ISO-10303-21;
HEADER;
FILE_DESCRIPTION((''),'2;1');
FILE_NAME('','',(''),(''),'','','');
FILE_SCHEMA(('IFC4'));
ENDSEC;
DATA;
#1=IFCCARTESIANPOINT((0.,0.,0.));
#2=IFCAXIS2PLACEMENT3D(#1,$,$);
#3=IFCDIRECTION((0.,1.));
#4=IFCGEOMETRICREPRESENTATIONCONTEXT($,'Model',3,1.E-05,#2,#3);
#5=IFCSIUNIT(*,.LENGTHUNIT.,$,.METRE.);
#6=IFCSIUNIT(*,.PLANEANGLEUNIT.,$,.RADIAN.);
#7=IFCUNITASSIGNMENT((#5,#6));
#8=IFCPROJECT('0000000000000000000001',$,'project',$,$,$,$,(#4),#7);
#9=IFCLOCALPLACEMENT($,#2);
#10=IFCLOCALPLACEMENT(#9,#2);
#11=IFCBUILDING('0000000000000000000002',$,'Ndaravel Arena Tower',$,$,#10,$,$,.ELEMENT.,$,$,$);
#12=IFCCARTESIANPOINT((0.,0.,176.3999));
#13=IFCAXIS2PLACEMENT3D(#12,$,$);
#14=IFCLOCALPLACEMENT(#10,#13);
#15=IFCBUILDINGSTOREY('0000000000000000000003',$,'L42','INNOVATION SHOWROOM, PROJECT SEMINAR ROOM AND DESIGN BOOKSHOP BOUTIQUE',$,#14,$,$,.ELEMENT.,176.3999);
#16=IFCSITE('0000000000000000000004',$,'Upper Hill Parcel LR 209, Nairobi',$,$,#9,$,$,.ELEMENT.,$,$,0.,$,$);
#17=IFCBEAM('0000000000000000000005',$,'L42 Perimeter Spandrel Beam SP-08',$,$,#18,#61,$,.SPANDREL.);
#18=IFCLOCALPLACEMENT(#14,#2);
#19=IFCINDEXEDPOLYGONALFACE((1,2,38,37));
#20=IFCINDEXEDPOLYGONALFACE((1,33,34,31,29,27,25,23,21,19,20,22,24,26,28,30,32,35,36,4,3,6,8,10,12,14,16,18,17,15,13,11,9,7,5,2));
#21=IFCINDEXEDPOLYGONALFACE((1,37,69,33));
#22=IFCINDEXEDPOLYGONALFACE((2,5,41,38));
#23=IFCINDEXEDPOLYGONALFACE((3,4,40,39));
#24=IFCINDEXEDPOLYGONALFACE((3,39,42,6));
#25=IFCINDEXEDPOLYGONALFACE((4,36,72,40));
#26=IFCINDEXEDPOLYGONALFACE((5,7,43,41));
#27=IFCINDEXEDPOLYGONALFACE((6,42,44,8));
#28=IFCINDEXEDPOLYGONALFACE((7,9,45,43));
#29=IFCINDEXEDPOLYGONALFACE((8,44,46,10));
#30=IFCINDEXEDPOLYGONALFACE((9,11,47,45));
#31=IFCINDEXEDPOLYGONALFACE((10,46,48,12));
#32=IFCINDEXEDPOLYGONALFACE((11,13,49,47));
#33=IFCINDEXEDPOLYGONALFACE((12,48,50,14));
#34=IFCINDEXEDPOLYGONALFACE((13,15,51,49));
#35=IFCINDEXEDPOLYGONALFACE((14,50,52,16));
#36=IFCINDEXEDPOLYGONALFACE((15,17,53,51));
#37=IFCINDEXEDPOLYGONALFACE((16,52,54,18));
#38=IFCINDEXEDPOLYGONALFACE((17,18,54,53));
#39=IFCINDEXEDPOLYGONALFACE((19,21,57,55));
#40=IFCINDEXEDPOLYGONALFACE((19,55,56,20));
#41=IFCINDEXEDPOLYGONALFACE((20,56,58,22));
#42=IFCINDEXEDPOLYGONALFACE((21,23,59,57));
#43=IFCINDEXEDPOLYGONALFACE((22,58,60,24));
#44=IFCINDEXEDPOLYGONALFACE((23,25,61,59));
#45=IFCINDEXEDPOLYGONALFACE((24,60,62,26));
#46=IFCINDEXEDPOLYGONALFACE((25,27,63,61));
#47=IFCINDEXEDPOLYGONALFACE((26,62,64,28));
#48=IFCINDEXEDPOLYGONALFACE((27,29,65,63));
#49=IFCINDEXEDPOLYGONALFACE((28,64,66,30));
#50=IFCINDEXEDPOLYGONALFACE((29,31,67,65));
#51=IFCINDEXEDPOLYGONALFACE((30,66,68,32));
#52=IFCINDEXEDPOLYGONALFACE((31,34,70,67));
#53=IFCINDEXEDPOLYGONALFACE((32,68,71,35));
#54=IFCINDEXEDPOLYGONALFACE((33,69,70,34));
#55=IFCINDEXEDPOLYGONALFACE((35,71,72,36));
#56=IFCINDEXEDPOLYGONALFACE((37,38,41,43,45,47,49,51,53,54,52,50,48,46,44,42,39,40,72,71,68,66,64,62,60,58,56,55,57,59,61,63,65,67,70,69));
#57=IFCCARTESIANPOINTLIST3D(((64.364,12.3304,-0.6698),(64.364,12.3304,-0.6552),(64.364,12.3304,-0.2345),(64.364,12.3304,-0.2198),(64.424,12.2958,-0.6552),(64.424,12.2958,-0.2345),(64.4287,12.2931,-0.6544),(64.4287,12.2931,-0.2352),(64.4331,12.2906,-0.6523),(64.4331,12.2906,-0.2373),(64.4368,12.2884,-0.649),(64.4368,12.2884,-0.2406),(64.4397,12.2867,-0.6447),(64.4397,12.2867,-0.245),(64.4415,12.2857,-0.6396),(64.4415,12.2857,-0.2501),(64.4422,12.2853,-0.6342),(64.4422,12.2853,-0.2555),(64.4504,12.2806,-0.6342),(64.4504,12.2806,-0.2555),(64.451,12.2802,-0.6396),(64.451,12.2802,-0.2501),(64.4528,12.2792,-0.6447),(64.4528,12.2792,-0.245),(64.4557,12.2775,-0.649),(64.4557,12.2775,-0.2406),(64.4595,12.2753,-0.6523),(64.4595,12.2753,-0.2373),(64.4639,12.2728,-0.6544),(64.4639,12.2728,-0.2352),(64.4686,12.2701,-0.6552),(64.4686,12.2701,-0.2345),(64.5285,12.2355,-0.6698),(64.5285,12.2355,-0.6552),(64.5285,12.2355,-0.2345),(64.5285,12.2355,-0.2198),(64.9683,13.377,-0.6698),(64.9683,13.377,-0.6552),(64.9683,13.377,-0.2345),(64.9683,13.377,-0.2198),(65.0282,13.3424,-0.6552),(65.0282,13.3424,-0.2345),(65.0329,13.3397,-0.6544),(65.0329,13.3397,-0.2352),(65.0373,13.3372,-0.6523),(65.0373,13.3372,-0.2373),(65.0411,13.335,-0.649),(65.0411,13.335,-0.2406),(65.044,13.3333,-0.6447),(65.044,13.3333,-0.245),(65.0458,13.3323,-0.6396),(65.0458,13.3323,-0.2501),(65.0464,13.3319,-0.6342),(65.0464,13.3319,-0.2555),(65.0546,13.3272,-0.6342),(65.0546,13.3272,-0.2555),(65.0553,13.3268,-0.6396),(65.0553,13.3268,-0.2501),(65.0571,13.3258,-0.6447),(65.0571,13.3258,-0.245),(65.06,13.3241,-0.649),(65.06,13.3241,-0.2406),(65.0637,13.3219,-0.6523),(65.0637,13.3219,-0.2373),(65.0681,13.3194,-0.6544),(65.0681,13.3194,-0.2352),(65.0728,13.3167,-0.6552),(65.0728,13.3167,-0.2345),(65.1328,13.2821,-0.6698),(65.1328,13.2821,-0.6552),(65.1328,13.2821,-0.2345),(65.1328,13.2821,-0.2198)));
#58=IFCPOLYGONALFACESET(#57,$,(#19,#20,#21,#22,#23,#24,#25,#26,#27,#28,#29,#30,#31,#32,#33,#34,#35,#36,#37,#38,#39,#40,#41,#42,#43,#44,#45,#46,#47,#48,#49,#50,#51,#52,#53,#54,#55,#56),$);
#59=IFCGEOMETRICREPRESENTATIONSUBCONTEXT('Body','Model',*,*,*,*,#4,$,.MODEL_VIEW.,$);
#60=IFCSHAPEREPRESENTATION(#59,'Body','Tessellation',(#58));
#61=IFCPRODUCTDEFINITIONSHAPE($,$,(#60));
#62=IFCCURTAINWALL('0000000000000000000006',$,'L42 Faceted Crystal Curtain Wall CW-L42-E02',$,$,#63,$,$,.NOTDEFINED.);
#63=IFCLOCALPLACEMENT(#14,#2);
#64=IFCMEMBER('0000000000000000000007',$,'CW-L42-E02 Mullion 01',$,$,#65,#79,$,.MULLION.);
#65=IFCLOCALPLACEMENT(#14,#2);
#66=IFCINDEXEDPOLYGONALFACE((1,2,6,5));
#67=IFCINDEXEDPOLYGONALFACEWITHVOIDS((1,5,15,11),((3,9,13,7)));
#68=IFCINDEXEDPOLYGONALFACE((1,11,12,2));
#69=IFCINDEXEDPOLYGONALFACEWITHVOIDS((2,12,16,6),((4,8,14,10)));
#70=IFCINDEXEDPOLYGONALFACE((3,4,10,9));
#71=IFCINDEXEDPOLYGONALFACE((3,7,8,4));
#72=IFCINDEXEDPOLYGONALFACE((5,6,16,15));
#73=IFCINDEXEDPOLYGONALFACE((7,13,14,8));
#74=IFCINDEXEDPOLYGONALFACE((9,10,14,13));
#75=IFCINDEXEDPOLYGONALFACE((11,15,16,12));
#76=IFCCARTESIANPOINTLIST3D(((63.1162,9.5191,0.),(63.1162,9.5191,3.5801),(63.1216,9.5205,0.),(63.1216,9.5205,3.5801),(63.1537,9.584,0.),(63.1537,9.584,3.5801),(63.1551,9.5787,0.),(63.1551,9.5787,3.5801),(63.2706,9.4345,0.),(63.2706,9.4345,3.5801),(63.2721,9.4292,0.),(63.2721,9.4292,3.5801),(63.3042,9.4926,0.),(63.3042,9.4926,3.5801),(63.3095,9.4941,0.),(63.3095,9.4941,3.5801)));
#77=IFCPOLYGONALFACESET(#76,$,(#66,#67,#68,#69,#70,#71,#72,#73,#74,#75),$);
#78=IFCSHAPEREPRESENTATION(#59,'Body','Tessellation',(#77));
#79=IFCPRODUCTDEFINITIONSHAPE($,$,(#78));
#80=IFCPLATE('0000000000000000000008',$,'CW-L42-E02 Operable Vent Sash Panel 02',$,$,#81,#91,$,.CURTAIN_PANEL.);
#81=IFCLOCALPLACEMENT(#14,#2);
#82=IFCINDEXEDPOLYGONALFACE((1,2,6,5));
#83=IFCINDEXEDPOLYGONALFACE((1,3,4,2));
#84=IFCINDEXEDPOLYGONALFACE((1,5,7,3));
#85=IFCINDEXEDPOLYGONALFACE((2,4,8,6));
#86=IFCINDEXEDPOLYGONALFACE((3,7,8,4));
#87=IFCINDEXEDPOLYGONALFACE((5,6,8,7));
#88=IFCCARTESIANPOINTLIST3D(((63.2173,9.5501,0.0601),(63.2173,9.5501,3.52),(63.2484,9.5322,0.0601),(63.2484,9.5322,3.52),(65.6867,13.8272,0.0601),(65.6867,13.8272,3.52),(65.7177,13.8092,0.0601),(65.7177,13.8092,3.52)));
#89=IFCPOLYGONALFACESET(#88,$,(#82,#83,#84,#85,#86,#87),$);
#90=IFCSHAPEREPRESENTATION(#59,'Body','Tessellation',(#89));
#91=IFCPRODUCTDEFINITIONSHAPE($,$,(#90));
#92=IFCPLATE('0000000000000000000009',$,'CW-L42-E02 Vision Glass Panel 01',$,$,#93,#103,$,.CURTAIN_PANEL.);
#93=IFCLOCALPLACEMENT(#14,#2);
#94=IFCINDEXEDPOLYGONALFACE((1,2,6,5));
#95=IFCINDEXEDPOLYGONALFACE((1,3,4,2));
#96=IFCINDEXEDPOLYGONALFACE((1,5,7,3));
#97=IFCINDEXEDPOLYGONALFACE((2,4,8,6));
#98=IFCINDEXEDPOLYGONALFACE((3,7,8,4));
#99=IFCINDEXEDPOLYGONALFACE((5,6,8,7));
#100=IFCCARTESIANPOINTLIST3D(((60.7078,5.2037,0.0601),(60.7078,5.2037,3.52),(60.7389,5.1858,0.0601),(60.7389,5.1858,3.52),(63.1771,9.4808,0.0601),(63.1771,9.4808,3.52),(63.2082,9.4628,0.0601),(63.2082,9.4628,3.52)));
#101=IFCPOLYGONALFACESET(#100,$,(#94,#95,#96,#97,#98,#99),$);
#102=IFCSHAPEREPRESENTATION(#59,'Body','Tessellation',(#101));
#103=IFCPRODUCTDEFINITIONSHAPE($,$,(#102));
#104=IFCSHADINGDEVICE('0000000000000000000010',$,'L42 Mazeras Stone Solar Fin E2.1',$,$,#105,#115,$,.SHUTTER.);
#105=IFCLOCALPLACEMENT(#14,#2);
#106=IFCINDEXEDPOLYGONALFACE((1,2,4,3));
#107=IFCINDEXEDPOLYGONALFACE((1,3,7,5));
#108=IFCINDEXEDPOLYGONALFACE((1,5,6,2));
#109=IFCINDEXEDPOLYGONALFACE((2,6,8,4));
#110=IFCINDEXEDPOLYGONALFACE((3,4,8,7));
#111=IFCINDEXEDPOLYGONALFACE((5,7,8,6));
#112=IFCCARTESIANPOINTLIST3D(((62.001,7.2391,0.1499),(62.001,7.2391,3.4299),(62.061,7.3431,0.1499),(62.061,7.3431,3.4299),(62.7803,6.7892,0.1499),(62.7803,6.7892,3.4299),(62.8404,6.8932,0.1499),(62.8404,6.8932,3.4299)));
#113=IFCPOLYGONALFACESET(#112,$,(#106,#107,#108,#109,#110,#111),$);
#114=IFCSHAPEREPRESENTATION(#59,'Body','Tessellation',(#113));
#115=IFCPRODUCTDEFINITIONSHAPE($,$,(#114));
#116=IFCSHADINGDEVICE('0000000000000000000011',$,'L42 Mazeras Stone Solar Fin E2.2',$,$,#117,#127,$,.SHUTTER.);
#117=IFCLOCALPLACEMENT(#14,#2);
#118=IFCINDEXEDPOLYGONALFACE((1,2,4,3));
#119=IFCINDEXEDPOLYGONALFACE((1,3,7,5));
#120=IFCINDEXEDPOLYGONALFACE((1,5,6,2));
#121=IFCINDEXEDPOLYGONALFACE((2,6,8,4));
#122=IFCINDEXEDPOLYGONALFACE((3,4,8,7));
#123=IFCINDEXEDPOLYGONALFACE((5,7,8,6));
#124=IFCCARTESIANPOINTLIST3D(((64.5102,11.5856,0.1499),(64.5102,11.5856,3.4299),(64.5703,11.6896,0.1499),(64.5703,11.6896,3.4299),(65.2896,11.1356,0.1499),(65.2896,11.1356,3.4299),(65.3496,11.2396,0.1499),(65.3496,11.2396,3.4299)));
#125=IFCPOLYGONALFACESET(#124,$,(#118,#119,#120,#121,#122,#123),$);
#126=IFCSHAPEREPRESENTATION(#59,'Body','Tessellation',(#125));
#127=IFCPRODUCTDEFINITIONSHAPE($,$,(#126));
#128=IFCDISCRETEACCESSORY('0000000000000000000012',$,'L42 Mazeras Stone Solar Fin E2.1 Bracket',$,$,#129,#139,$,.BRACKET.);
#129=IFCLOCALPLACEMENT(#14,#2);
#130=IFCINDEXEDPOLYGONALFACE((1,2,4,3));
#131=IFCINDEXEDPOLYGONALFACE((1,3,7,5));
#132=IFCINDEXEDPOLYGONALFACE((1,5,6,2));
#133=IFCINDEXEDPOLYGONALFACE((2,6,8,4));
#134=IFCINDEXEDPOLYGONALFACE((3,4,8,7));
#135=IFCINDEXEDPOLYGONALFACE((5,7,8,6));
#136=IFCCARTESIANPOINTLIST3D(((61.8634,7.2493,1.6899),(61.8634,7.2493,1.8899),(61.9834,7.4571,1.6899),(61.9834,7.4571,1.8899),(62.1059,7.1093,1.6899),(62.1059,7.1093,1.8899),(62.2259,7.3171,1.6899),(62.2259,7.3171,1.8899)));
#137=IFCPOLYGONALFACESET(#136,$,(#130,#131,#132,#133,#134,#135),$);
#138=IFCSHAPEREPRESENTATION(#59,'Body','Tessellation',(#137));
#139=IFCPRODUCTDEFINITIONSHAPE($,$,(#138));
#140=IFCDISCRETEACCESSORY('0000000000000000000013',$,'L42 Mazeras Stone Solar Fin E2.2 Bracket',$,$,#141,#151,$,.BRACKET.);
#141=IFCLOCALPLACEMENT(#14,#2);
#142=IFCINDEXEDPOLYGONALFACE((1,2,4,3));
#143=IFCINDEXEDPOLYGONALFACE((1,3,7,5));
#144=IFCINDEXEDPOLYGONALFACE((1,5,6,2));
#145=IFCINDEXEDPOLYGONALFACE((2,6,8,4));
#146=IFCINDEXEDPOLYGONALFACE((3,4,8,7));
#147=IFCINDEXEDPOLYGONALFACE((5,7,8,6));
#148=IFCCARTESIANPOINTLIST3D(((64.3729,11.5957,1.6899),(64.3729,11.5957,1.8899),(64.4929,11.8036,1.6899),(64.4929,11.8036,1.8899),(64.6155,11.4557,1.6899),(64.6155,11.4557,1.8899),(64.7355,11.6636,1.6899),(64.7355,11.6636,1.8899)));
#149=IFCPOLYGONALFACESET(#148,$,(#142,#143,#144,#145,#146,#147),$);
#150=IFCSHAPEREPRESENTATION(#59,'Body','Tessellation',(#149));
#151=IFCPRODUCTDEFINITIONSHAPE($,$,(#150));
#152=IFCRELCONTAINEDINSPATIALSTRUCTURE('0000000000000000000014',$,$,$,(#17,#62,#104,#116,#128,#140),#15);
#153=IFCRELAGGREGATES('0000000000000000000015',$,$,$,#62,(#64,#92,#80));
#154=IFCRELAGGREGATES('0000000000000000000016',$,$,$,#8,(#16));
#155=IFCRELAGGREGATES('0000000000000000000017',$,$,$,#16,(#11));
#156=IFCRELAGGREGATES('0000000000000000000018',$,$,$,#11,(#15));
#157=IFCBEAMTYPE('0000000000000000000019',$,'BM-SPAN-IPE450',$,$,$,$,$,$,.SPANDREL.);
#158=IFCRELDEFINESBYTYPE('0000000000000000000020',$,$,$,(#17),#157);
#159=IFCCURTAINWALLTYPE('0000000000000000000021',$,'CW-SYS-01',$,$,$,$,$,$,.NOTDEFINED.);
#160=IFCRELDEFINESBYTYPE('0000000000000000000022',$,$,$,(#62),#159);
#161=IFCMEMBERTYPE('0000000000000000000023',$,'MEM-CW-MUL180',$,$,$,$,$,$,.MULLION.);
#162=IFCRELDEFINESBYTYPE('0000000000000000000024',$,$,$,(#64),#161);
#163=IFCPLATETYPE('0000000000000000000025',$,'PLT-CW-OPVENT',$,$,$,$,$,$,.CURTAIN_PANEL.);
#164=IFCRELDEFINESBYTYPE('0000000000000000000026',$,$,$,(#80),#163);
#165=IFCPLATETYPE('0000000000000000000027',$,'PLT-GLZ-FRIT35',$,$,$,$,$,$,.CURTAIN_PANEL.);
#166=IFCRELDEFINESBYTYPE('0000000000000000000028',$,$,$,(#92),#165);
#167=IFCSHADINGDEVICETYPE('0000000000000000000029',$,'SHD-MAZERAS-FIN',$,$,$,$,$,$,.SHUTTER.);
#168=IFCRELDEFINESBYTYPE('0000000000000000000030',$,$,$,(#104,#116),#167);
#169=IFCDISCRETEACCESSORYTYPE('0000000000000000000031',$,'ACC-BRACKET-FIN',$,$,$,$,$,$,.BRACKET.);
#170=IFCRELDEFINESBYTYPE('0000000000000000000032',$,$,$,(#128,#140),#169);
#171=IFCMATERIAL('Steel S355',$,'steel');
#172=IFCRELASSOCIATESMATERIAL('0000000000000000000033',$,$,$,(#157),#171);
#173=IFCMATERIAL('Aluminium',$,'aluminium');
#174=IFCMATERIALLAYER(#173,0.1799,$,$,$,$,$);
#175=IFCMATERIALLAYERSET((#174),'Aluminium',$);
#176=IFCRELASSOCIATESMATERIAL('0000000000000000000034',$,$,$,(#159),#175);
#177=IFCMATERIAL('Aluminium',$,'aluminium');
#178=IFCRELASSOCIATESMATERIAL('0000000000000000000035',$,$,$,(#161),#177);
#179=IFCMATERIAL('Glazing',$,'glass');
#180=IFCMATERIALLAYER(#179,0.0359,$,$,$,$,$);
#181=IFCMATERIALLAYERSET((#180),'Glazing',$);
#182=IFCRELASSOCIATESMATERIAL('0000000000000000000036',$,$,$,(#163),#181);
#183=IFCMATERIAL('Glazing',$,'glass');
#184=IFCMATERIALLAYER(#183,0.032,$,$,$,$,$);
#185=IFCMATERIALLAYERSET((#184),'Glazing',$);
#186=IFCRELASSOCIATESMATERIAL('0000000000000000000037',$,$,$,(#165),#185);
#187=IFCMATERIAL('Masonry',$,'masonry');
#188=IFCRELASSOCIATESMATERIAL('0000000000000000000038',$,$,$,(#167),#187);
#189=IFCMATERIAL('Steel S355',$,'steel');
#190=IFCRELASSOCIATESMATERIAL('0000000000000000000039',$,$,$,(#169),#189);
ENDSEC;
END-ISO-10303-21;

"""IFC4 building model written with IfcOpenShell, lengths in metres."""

from ifc_helpers import new_model, si_unit, direction, frame, origin, origin_2d, place, context, subcontext, project, spatial, rectangle, hollow_rectangle, i_section, extrude, material, layer, layer_set, material_profile, profile_set, type_object, element, aggregate, save


model = new_model("IFC4")

# Units and contexts
model_context = context("Model", 3, precision=1e-05, world=origin(), true_north=direction((0.0, 1.0)))
body_context = subcontext(model_context, "Body", "Model", "MODEL_VIEW")
ifc_project = project(units=[si_unit("LENGTHUNIT", "METRE"), si_unit("PLANEANGLEUNIT", "RADIAN")], contexts=[model_context])

# Site, building, storey
site_placement = place(None, origin())
site = spatial("IfcSite", under=ifc_project, at=site_placement, Name="Upper Hill Parcel LR 209, Nairobi", CompositionType="ELEMENT", RefElevation=0.0)
building_placement = place(site_placement, origin())
building = spatial("IfcBuilding", under=site, at=building_placement, Name="Ndaravel Arena Tower", CompositionType="ELEMENT")
storey_placement = place(building_placement, frame((0.0, 0.0, 176.3999)))
storey = spatial("IfcBuildingStorey", under=building, at=storey_placement, Name="L42", Description="INNOVATION SHOWROOM, PROJECT SEMINAR ROOM AND DESIGN BOOKSHOP BOUTIQUE", CompositionType="ELEMENT", Elevation=176.3999)

# Beam
ifc_material_1 = material(Name="Steel S355", Category="steel")
ifc_material_profile_1 = material_profile(ifc_material_1, i_section(OverallWidth=0.1899, OverallDepth=0.45, WebThickness=0.0095, FlangeThickness=0.0146, FilletRadius=0.021, at=origin_2d()), Name="IPE 450")
ifc_profile_set_1 = profile_set([ifc_material_profile_1], Name="Steel S355")
beam_type = type_object("IfcBeamType", Name="BM-SPAN-IPE450", PredefinedType="SPANDREL", material=ifc_profile_set_1)
for number, where, z_axis, x_axis, name in (
    (1, (64.4463, 12.283, -0.4448), (0.499985, 0.866034, 0.0), (-0.866034, 0.499985, 0.0), "L42 Perimeter Spandrel Beam SP-08"),
):
    element("IfcBeam", number, at=place(storey_placement, frame(where, z_axis=z_axis, x_axis=x_axis)), inside=storey, type_object=beam_type, Name=name, PredefinedType="SPANDREL", context=body_context, shape_type="SweptSolid", body=[
        extrude(i_section(OverallWidth=0.1899, OverallDepth=0.45, WebThickness=0.0095, FlangeThickness=0.0146, FilletRadius=0.021, at=origin_2d()), origin(), (0.0, 0.0, 1.0), 1.2085),
    ])

# Curtain wall, member, plates
ifc_material_2 = material(Name="Aluminium", Category="aluminium")
ifc_layer_1 = layer(ifc_material_2, 0.1799)
ifc_layer_set_1 = layer_set([ifc_layer_1], Name="Aluminium")
curtain_wall_type = type_object("IfcCurtainWallType", Name="CW-SYS-01", PredefinedType="NOTDEFINED", material=ifc_layer_set_1)
curtain_wall_placement = place(storey_placement, origin())
curtain_wall = element("IfcCurtainWall", 2, at=curtain_wall_placement, inside=storey, type_object=curtain_wall_type, Name="L42 Faceted Crystal Curtain Wall CW-L42-E02", PredefinedType="NOTDEFINED")
ifc_material_3 = material(Name="Aluminium", Category="aluminium")
ifc_material_profile_2 = material_profile(ifc_material_3, hollow_rectangle(XDim=0.075, YDim=0.1799, WallThickness=0.0039, at=origin_2d()), Name="CW MULLION 75x180x4")
ifc_profile_set_2 = profile_set([ifc_material_profile_2], Name="Aluminium")
member_type = type_object("IfcMemberType", Name="MEM-CW-MUL180", PredefinedType="MULLION", material=ifc_profile_set_2)
member_placement = place(storey_placement, frame((63.2129, 9.5066, 0.0), z_axis=(0.0, 0.0, 1.0), x_axis=(0.5, 0.866025, 0.0)))
member = element("IfcMember", 3, at=member_placement, type_object=member_type, Name="CW-L42-E02 Mullion 01", PredefinedType="MULLION", context=body_context, shape_type="SweptSolid", body=[
    extrude(hollow_rectangle(XDim=0.075, YDim=0.1799, WallThickness=0.0039, at=origin_2d()), origin(), (0.0, 0.0, 1.0), 3.5801),
])
ifc_material_4 = material(Name="Glazing", Category="glass")
ifc_layer_2 = layer(ifc_material_4, 0.0359)
ifc_layer_set_2 = layer_set([ifc_layer_2], Name="Glazing")
plate_type_1 = type_object("IfcPlateType", Name="PLT-CW-OPVENT", PredefinedType="CURTAIN_PANEL", material=ifc_layer_set_2)
plate_1_placement = place(storey_placement, frame((64.4675, 11.6797, 0.0601), z_axis=(0.0, 0.0, 1.0), x_axis=(0.5, 0.866025, 0.0)))
plate_1 = element("IfcPlate", 4, at=plate_1_placement, type_object=plate_type_1, Name="CW-L42-E02 Operable Vent Sash Panel 02", PredefinedType="CURTAIN_PANEL", context=body_context, shape_type="SweptSolid", body=[
    extrude(rectangle(XDim=4.9387, YDim=0.0359, at=origin_2d()), origin(), (0.0, 0.0, 1.0), 3.46),
])
ifc_material_5 = material(Name="Glazing", Category="glass")
ifc_layer_3 = layer(ifc_material_5, 0.032)
ifc_layer_set_3 = layer_set([ifc_layer_3], Name="Glazing")
plate_type_2 = type_object("IfcPlateType", Name="PLT-GLZ-FRIT35", PredefinedType="CURTAIN_PANEL", material=ifc_layer_set_3)
plate_2_placement = place(storey_placement, frame((61.958, 7.3333, 0.0601), z_axis=(0.0, 0.0, 1.0), x_axis=(0.5, 0.866025, 0.0)))
plate_2 = element("IfcPlate", 5, at=plate_2_placement, type_object=plate_type_2, Name="CW-L42-E02 Vision Glass Panel 01", PredefinedType="CURTAIN_PANEL", context=body_context, shape_type="SweptSolid", body=[
    extrude(rectangle(XDim=4.9387, YDim=0.0359, at=origin_2d()), origin(), (0.0, 0.0, 1.0), 3.46),
])
aggregate(curtain_wall, [member, plate_2, plate_1])

# Shading devices
ifc_material_6 = material(Name="Masonry", Category="masonry")
shading_device_type = type_object("IfcShadingDeviceType", Name="SHD-MAZERAS-FIN", PredefinedType="SHUTTER", material=ifc_material_6)
for number, where, z_axis, x_axis, name in (
    (6, (62.4207, 7.0662, 0.1499), (0.0, 0.0, 1.0), (0.866025, -0.5, 0.0), "L42 Mazeras Stone Solar Fin E2.1"),
    (7, (64.9299, 11.4126, 0.1499), (0.0, 0.0, 1.0), (0.866025, -0.5, 0.0), "L42 Mazeras Stone Solar Fin E2.2"),
):
    element("IfcShadingDevice", number, at=place(storey_placement, frame(where, z_axis=z_axis, x_axis=x_axis)), inside=storey, type_object=shading_device_type, Name=name, PredefinedType="SHUTTER", context=body_context, shape_type="SweptSolid", body=[
        extrude(rectangle(XDim=0.8999, YDim=0.1201, at=origin_2d()), origin(), (0.0, 0.0, 1.0), 3.28),
    ])

# Discrete accessories
ifc_material_7 = material(Name="Steel S355", Category="steel")
discrete_accessory_type = type_object("IfcDiscreteAccessoryType", Name="ACC-BRACKET-FIN", PredefinedType="BRACKET", material=ifc_material_7)
for number, where, z_axis, x_axis, name in (
    (8, (62.0447, 7.2832, 1.6899), (0.0, 0.0, 1.0), (0.866025, -0.5, 0.0), "L42 Mazeras Stone Solar Fin E2.1 Bracket"),
    (9, (64.5542, 11.6296, 1.6899), (0.0, 0.0, 1.0), (0.866025, -0.5, 0.0), "L42 Mazeras Stone Solar Fin E2.2 Bracket"),
):
    element("IfcDiscreteAccessory", number, at=place(storey_placement, frame(where, z_axis=z_axis, x_axis=x_axis)), inside=storey, type_object=discrete_accessory_type, Name=name, PredefinedType="BRACKET", context=body_context, shape_type="SweptSolid", body=[
        extrude(rectangle(XDim=0.28, YDim=0.24, at=origin_2d()), origin(), (0.0, 0.0, 1.0), 0.2),
    ])

save(model, "model.ifc")
